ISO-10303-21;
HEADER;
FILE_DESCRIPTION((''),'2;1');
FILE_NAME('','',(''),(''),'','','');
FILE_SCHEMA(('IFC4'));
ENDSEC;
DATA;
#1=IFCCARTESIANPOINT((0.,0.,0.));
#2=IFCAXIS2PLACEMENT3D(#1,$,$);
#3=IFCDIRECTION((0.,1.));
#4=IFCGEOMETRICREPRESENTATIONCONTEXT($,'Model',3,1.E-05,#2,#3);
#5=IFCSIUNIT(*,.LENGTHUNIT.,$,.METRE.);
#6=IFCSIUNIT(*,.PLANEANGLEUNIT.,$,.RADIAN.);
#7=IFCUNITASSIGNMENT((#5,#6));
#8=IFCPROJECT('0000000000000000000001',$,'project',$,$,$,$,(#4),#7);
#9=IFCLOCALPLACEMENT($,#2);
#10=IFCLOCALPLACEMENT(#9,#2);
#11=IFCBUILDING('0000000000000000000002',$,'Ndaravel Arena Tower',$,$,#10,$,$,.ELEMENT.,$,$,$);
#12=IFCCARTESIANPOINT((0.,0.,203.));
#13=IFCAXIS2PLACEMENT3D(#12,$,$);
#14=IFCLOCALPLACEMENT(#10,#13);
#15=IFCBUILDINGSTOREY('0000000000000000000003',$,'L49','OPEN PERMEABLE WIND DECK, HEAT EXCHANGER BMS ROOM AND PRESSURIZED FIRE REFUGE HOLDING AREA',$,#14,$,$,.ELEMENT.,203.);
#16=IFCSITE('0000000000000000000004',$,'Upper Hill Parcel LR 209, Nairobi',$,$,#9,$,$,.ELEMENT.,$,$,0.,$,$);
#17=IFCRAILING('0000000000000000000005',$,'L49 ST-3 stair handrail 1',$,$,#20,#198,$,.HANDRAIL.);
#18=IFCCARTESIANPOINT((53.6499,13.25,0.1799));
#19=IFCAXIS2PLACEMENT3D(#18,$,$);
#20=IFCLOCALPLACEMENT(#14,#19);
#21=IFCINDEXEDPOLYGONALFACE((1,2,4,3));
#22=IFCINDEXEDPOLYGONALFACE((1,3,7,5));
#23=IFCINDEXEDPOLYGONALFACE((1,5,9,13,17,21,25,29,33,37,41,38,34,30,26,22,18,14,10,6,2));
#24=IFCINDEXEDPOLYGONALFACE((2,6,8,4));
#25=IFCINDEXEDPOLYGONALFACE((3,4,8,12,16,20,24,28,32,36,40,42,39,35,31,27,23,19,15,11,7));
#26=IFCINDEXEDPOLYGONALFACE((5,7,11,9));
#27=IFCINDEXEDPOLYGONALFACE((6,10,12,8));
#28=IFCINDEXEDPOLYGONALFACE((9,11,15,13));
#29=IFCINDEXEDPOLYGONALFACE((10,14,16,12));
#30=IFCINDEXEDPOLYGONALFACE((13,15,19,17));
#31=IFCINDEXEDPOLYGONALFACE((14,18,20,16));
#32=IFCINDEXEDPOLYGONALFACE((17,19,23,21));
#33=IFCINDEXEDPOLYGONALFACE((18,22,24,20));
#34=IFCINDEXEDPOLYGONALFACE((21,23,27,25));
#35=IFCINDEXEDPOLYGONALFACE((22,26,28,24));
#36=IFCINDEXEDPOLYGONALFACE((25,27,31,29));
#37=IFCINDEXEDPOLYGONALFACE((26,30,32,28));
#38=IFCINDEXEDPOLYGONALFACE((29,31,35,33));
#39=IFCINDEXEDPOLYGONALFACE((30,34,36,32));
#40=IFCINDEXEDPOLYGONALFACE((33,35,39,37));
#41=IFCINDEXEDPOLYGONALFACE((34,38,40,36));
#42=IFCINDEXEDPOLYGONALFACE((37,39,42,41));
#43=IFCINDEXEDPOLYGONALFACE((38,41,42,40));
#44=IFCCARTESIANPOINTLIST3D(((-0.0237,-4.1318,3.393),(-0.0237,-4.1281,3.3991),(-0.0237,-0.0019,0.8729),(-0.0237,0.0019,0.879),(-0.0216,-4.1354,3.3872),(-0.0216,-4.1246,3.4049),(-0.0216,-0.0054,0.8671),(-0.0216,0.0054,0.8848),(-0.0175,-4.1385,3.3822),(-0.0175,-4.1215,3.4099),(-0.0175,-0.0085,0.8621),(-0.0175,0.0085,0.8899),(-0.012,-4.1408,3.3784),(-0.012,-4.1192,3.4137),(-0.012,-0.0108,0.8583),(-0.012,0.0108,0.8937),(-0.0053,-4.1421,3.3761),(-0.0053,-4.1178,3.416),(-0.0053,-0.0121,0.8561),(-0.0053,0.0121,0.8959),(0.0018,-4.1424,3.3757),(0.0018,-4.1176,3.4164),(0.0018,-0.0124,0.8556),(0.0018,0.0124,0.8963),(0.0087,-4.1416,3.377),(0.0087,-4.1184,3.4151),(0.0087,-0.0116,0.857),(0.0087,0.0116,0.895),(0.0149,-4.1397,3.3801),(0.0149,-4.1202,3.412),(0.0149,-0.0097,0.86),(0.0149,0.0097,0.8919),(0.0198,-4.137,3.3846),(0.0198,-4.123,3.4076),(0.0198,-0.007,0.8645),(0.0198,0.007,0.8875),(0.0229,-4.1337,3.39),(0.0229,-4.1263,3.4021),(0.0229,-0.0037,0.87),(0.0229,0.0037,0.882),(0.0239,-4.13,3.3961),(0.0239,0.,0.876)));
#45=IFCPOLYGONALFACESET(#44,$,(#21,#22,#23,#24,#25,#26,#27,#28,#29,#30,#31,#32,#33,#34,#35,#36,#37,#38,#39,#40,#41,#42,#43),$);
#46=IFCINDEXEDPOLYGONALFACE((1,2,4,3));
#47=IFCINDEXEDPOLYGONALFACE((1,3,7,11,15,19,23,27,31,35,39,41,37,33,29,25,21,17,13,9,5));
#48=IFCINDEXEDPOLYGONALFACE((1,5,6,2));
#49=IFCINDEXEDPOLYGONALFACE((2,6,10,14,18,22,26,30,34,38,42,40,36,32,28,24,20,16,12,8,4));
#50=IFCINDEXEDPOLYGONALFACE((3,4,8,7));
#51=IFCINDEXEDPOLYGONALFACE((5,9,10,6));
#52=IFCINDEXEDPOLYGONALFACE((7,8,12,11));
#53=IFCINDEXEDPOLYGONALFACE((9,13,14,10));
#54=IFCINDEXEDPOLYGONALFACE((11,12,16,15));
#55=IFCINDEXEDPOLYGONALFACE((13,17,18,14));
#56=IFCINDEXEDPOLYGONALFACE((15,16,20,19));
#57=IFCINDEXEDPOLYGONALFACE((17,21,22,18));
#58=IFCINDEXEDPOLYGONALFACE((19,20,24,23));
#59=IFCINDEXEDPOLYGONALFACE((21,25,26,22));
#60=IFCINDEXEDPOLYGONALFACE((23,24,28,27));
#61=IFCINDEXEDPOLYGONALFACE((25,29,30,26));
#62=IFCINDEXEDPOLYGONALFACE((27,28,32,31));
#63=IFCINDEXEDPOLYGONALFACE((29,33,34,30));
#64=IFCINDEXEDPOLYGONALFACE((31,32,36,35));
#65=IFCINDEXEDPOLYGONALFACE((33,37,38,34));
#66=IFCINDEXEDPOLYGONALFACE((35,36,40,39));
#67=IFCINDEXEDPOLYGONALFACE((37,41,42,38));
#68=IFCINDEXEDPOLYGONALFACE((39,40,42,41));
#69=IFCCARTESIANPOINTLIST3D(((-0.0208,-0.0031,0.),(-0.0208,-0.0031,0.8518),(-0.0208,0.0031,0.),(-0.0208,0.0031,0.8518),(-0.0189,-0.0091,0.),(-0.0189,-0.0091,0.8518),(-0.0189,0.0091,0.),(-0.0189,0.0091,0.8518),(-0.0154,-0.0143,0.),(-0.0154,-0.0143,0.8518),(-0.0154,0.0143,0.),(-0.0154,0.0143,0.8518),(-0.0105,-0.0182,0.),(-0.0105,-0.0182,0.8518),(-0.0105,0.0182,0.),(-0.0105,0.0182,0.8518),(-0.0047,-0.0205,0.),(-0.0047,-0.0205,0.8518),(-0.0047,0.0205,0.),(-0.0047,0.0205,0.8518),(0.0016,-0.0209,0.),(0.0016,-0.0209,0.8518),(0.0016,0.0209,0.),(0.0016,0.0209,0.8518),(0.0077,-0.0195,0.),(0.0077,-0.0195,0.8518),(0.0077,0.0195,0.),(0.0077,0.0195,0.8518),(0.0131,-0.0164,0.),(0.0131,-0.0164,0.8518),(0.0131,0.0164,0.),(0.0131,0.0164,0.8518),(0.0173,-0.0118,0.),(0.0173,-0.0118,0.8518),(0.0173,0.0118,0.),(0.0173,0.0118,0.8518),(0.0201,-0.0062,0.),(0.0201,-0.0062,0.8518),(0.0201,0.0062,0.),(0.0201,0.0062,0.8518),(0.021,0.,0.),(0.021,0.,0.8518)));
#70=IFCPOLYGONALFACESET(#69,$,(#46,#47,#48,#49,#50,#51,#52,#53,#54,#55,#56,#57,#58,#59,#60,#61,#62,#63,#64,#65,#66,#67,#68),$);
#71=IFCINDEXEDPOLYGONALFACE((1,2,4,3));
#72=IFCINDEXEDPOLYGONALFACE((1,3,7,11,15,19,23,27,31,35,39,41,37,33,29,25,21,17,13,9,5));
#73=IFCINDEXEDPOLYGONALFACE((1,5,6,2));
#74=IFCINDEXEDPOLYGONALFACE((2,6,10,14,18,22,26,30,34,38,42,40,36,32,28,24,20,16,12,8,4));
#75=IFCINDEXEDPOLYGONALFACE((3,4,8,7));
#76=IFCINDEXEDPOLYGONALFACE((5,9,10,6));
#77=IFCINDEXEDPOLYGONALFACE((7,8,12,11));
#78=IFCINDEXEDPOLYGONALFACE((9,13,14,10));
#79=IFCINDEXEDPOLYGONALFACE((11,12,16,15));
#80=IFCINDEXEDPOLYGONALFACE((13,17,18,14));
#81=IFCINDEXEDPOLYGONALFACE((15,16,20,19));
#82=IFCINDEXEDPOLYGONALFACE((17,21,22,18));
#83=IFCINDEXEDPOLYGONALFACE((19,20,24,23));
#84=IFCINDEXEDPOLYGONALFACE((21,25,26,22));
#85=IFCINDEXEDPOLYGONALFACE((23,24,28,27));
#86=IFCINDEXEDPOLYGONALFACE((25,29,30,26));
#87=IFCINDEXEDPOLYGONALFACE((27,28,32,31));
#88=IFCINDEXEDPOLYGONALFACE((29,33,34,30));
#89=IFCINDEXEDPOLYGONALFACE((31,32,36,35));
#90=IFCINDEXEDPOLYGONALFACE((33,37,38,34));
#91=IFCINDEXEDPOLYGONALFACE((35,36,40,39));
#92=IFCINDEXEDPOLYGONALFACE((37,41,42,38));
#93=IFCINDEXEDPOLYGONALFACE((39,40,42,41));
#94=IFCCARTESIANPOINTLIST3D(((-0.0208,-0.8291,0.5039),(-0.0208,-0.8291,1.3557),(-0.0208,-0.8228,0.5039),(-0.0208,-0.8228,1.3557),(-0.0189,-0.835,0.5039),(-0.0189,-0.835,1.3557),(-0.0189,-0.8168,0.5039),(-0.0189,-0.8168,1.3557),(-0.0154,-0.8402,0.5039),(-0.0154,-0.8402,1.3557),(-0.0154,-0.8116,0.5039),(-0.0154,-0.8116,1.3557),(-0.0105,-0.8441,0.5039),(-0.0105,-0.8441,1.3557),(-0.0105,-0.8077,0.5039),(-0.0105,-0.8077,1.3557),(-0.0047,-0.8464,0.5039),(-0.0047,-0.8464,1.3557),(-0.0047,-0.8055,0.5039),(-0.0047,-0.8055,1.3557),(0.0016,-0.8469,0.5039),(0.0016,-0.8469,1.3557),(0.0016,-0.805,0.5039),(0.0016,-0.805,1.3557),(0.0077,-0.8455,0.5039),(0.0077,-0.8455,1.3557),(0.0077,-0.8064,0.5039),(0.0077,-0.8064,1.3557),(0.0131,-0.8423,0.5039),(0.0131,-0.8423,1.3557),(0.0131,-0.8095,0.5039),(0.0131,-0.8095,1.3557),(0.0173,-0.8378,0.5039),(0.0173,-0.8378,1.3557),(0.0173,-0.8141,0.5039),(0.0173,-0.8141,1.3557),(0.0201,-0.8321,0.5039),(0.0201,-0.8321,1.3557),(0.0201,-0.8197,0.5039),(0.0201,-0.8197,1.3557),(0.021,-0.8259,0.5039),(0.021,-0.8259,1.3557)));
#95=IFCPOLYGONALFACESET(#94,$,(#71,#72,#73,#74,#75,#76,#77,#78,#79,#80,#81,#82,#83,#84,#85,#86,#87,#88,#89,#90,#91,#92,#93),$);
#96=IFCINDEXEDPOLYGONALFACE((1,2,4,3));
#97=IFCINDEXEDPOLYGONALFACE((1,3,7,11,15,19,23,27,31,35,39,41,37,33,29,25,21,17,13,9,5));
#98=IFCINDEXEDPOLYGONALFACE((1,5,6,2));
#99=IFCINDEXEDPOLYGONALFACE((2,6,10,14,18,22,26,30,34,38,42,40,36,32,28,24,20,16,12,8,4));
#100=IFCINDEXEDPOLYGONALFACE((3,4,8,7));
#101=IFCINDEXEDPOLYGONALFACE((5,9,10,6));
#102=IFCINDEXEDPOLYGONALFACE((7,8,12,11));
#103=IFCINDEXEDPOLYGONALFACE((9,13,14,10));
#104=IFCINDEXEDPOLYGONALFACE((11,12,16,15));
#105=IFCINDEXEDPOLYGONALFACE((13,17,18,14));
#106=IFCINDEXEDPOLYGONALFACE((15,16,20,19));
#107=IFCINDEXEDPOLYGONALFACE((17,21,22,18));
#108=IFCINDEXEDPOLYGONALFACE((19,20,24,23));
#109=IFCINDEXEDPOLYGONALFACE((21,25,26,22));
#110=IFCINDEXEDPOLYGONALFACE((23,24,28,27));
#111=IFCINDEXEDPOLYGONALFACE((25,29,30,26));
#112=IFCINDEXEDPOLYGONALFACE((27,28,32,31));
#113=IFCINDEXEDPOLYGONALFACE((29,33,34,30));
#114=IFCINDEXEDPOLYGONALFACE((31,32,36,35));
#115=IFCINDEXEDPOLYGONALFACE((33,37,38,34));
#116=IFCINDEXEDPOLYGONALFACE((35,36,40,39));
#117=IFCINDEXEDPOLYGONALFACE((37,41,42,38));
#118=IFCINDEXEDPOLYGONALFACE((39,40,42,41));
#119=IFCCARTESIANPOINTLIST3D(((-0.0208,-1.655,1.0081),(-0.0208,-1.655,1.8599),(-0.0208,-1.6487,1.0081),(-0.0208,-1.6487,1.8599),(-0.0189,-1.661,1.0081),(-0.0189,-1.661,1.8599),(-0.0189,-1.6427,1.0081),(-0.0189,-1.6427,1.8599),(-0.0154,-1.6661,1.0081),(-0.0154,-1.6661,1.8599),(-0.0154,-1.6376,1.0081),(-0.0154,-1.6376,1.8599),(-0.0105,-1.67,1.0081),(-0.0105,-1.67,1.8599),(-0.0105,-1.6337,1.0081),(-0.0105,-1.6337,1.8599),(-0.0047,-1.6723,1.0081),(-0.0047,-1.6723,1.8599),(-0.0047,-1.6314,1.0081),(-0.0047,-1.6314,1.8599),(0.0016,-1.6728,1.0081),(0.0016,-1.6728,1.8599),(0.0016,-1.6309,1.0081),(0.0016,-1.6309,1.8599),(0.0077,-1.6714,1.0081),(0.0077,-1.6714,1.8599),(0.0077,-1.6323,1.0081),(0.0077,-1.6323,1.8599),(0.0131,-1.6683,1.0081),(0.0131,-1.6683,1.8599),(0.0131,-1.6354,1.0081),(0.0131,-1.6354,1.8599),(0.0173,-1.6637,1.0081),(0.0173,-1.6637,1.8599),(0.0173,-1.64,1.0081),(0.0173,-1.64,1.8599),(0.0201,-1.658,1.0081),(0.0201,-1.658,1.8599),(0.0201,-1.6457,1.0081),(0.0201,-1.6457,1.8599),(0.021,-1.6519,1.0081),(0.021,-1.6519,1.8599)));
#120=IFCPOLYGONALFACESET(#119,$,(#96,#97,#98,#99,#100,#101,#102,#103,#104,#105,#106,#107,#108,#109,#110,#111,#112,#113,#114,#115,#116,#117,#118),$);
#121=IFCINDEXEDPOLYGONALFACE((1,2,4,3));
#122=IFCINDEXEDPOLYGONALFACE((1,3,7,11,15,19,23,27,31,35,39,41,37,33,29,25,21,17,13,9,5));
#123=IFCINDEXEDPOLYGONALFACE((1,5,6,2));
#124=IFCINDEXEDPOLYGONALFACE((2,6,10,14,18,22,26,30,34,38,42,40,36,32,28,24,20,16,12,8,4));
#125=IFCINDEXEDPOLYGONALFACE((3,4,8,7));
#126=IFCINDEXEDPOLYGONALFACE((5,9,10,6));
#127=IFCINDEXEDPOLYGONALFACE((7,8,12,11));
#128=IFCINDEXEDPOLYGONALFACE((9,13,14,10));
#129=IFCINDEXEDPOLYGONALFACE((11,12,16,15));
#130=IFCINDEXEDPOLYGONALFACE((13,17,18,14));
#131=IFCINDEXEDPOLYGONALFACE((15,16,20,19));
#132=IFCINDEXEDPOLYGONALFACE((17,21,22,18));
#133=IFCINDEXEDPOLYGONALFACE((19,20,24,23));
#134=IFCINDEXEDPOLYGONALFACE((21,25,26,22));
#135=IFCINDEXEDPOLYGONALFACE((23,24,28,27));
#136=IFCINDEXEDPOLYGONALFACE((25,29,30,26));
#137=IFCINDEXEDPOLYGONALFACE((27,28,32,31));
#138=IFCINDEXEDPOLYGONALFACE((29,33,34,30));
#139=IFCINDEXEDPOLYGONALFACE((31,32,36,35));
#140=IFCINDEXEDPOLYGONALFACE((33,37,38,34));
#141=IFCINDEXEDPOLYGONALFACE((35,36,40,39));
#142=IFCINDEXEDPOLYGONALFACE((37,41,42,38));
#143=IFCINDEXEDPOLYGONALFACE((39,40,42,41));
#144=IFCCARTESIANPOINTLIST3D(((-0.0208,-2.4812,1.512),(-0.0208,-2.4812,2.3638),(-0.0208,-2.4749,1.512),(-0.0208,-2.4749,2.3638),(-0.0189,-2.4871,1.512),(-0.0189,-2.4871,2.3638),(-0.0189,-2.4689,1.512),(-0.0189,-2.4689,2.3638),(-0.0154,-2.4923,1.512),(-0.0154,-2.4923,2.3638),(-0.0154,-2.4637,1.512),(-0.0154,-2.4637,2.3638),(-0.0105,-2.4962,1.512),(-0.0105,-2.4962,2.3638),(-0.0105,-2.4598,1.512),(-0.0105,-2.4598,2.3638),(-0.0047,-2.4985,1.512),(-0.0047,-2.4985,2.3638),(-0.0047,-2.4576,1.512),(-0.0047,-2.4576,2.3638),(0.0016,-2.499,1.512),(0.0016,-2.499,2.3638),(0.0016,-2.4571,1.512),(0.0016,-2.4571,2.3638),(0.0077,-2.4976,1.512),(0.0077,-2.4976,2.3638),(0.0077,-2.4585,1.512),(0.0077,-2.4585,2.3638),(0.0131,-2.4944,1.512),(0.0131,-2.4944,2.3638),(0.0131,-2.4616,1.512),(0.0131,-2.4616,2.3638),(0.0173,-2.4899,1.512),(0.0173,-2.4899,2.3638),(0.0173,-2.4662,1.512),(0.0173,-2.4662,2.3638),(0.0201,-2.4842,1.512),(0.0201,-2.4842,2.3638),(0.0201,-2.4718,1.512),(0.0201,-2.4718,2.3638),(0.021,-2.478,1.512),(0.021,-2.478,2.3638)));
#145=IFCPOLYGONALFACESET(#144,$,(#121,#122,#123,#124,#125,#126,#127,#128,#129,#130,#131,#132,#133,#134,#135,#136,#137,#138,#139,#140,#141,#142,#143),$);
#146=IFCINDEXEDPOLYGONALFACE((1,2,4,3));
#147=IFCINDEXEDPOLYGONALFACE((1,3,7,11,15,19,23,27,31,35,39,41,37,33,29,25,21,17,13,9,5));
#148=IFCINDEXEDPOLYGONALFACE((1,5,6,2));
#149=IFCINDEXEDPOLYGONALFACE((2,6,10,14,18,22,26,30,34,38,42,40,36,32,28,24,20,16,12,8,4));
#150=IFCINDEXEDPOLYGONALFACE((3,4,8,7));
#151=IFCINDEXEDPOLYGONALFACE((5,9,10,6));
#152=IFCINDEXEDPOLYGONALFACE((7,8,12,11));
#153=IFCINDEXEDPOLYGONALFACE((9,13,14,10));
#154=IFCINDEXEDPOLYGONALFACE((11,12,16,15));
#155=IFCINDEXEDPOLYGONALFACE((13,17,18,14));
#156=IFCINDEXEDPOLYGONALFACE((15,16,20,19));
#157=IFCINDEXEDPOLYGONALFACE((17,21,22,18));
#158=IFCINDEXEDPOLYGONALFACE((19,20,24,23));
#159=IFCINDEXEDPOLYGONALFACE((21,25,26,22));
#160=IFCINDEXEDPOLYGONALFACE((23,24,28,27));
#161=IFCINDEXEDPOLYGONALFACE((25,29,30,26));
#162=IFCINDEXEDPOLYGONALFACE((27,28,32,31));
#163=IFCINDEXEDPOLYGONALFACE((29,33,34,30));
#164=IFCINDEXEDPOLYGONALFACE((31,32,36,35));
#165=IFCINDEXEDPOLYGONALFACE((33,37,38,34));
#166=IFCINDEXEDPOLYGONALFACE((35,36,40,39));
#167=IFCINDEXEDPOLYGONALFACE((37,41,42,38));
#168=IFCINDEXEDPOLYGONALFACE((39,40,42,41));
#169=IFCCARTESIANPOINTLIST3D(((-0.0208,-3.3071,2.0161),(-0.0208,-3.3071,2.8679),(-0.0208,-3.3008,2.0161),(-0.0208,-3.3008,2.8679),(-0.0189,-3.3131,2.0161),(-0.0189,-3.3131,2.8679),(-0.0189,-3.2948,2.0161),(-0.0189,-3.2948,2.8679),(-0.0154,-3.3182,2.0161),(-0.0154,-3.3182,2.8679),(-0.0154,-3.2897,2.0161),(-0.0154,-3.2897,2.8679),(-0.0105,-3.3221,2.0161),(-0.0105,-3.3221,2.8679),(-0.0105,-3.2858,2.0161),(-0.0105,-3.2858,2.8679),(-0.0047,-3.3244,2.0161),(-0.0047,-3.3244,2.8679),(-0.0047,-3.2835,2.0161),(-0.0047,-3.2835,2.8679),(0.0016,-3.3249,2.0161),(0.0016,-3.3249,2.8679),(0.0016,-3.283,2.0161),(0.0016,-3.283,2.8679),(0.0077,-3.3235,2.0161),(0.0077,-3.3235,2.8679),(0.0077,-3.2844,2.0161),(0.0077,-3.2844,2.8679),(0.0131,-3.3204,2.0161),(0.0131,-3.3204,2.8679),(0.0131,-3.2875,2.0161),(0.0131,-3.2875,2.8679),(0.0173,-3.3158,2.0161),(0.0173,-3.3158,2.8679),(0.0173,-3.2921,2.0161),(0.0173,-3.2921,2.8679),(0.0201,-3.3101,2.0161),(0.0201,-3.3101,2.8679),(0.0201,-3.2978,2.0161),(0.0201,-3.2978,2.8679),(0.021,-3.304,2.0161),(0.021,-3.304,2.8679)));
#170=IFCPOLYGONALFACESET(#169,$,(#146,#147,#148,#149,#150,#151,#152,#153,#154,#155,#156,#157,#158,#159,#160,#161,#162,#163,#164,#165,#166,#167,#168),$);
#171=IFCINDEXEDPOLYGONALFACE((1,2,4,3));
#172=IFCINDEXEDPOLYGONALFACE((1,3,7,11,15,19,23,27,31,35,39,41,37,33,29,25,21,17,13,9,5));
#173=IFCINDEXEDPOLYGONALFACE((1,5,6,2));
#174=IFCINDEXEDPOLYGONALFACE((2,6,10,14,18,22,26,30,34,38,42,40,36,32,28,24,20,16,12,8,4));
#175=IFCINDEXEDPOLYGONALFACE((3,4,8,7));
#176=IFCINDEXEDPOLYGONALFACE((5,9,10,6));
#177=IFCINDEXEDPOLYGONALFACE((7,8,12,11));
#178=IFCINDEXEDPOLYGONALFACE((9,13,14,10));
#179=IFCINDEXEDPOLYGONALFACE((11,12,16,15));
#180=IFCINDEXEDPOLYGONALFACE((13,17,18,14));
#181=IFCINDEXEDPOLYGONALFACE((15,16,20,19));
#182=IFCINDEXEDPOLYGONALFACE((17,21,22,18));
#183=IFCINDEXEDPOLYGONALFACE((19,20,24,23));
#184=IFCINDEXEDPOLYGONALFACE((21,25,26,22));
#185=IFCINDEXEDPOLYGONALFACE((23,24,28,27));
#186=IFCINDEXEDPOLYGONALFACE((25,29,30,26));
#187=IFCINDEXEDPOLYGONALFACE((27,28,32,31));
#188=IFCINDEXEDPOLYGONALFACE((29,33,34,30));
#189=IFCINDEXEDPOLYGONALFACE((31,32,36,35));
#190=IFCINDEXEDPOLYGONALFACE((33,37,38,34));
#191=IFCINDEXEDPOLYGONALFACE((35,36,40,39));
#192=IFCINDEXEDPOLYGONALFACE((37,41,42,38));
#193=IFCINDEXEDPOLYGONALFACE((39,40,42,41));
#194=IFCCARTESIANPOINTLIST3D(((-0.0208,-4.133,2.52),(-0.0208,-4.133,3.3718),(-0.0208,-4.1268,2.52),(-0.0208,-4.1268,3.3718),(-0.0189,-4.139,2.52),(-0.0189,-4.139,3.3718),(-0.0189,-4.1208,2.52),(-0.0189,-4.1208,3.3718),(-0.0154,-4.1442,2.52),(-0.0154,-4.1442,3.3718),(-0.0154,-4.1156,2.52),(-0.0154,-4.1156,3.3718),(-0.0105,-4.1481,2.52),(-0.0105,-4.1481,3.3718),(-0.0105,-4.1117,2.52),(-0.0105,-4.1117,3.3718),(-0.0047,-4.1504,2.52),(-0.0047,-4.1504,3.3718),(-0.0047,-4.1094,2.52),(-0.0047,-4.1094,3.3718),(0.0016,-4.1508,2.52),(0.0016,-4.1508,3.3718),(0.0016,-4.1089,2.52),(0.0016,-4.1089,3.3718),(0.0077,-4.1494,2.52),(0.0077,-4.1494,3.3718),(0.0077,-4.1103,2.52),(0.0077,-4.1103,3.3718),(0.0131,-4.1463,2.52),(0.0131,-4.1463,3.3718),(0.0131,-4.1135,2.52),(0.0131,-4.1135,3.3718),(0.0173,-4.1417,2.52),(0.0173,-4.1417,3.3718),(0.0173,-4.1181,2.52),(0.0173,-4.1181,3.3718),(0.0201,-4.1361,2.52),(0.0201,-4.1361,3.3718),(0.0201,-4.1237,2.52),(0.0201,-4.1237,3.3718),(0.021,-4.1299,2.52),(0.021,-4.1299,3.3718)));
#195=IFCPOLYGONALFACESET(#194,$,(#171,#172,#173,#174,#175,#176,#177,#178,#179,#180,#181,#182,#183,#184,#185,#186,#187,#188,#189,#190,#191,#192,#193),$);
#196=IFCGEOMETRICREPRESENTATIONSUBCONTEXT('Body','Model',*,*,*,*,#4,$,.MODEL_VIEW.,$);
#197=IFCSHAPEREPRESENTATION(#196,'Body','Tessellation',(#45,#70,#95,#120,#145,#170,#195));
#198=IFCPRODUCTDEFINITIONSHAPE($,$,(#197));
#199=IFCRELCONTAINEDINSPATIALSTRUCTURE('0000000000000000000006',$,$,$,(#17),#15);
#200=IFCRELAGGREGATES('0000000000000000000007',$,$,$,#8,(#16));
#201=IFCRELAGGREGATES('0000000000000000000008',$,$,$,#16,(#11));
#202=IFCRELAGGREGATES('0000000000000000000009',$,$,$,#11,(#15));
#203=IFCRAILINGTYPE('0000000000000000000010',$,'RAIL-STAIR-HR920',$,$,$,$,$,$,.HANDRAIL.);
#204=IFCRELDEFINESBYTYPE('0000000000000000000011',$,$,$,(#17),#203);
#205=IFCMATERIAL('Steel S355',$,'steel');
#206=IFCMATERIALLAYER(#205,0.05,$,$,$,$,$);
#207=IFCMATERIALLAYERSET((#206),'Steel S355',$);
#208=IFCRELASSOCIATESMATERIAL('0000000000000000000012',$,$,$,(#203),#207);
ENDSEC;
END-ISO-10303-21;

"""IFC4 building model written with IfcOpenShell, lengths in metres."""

from ifc_helpers import new_model, si_unit, direction, frame, origin, origin_2d, place, context, subcontext, project, spatial, circle, extrude, material, layer, layer_set, type_object, element, save


model = new_model("IFC4")

# Units and contexts
model_context = context("Model", 3, precision=1e-05, world=origin(), true_north=direction((0.0, 1.0)))
body_context = subcontext(model_context, "Body", "Model", "MODEL_VIEW")
ifc_project = project(units=[si_unit("LENGTHUNIT", "METRE"), si_unit("PLANEANGLEUNIT", "RADIAN")], contexts=[model_context])

# Site, building, storey
site_placement = place(None, origin())
site = spatial("IfcSite", under=ifc_project, at=site_placement, Name="Upper Hill Parcel LR 209, Nairobi", CompositionType="ELEMENT", RefElevation=0.0)
building_placement = place(site_placement, origin())
building = spatial("IfcBuilding", under=site, at=building_placement, Name="Ndaravel Arena Tower", CompositionType="ELEMENT")
storey_placement = place(building_placement, frame((0.0, 0.0, 203.0)))
storey = spatial("IfcBuildingStorey", under=building, at=storey_placement, Name="L49", Description="OPEN PERMEABLE WIND DECK, HEAT EXCHANGER BMS ROOM AND PRESSURIZED FIRE REFUGE HOLDING AREA", CompositionType="ELEMENT", Elevation=203.0)

# Railing
ifc_material_1 = material(Name="Steel S355", Category="steel")
ifc_layer_1 = layer(ifc_material_1, 0.05)
ifc_layer_set_1 = layer_set([ifc_layer_1], Name="Steel S355")
railing_type_1 = type_object("IfcRailingType", Name="RAIL-STAIR-HR920", PredefinedType="HANDRAIL", material=ifc_layer_set_1)
railing_1_placement = place(storey_placement, frame((53.6499, 13.25, 0.1799)))
element("IfcRailing", 1, at=railing_1_placement, inside=storey, type_object=railing_type_1, Name="L49 ST-3 stair handrail 1", PredefinedType="HANDRAIL", context=body_context, shape_type="SweptSolid", body=[
    extrude(circle(Radius=0.0239, at=origin_2d()), frame((0.0, 0.0, 0.876), z_axis=(0.0, -0.853631, 0.520878), x_axis=(1.0, 0.0, 0.0)), (0.0, 0.0, 1.0), 4.8381),
    extrude(circle(Radius=0.021, at=origin_2d()), origin(), (0.0, 0.0, 1.0), 0.8518),
    extrude(circle(Radius=0.021, at=origin_2d()), frame((0.0, -0.8259, 0.5039)), (0.0, 0.0, 1.0), 0.8518),
    extrude(circle(Radius=0.021, at=origin_2d()), frame((0.0, -1.6519, 1.0081)), (0.0, 0.0, 1.0), 0.8518),
    extrude(circle(Radius=0.021, at=origin_2d()), frame((0.0, -2.478, 1.512)), (0.0, 0.0, 1.0), 0.8518),
    extrude(circle(Radius=0.021, at=origin_2d()), frame((0.0, -3.304, 2.0161)), (0.0, 0.0, 1.0), 0.8518),
    extrude(circle(Radius=0.021, at=origin_2d()), frame((0.0, -4.1299, 2.52)), (0.0, 0.0, 1.0), 0.8518),
])

save(model, "model.ifc")
